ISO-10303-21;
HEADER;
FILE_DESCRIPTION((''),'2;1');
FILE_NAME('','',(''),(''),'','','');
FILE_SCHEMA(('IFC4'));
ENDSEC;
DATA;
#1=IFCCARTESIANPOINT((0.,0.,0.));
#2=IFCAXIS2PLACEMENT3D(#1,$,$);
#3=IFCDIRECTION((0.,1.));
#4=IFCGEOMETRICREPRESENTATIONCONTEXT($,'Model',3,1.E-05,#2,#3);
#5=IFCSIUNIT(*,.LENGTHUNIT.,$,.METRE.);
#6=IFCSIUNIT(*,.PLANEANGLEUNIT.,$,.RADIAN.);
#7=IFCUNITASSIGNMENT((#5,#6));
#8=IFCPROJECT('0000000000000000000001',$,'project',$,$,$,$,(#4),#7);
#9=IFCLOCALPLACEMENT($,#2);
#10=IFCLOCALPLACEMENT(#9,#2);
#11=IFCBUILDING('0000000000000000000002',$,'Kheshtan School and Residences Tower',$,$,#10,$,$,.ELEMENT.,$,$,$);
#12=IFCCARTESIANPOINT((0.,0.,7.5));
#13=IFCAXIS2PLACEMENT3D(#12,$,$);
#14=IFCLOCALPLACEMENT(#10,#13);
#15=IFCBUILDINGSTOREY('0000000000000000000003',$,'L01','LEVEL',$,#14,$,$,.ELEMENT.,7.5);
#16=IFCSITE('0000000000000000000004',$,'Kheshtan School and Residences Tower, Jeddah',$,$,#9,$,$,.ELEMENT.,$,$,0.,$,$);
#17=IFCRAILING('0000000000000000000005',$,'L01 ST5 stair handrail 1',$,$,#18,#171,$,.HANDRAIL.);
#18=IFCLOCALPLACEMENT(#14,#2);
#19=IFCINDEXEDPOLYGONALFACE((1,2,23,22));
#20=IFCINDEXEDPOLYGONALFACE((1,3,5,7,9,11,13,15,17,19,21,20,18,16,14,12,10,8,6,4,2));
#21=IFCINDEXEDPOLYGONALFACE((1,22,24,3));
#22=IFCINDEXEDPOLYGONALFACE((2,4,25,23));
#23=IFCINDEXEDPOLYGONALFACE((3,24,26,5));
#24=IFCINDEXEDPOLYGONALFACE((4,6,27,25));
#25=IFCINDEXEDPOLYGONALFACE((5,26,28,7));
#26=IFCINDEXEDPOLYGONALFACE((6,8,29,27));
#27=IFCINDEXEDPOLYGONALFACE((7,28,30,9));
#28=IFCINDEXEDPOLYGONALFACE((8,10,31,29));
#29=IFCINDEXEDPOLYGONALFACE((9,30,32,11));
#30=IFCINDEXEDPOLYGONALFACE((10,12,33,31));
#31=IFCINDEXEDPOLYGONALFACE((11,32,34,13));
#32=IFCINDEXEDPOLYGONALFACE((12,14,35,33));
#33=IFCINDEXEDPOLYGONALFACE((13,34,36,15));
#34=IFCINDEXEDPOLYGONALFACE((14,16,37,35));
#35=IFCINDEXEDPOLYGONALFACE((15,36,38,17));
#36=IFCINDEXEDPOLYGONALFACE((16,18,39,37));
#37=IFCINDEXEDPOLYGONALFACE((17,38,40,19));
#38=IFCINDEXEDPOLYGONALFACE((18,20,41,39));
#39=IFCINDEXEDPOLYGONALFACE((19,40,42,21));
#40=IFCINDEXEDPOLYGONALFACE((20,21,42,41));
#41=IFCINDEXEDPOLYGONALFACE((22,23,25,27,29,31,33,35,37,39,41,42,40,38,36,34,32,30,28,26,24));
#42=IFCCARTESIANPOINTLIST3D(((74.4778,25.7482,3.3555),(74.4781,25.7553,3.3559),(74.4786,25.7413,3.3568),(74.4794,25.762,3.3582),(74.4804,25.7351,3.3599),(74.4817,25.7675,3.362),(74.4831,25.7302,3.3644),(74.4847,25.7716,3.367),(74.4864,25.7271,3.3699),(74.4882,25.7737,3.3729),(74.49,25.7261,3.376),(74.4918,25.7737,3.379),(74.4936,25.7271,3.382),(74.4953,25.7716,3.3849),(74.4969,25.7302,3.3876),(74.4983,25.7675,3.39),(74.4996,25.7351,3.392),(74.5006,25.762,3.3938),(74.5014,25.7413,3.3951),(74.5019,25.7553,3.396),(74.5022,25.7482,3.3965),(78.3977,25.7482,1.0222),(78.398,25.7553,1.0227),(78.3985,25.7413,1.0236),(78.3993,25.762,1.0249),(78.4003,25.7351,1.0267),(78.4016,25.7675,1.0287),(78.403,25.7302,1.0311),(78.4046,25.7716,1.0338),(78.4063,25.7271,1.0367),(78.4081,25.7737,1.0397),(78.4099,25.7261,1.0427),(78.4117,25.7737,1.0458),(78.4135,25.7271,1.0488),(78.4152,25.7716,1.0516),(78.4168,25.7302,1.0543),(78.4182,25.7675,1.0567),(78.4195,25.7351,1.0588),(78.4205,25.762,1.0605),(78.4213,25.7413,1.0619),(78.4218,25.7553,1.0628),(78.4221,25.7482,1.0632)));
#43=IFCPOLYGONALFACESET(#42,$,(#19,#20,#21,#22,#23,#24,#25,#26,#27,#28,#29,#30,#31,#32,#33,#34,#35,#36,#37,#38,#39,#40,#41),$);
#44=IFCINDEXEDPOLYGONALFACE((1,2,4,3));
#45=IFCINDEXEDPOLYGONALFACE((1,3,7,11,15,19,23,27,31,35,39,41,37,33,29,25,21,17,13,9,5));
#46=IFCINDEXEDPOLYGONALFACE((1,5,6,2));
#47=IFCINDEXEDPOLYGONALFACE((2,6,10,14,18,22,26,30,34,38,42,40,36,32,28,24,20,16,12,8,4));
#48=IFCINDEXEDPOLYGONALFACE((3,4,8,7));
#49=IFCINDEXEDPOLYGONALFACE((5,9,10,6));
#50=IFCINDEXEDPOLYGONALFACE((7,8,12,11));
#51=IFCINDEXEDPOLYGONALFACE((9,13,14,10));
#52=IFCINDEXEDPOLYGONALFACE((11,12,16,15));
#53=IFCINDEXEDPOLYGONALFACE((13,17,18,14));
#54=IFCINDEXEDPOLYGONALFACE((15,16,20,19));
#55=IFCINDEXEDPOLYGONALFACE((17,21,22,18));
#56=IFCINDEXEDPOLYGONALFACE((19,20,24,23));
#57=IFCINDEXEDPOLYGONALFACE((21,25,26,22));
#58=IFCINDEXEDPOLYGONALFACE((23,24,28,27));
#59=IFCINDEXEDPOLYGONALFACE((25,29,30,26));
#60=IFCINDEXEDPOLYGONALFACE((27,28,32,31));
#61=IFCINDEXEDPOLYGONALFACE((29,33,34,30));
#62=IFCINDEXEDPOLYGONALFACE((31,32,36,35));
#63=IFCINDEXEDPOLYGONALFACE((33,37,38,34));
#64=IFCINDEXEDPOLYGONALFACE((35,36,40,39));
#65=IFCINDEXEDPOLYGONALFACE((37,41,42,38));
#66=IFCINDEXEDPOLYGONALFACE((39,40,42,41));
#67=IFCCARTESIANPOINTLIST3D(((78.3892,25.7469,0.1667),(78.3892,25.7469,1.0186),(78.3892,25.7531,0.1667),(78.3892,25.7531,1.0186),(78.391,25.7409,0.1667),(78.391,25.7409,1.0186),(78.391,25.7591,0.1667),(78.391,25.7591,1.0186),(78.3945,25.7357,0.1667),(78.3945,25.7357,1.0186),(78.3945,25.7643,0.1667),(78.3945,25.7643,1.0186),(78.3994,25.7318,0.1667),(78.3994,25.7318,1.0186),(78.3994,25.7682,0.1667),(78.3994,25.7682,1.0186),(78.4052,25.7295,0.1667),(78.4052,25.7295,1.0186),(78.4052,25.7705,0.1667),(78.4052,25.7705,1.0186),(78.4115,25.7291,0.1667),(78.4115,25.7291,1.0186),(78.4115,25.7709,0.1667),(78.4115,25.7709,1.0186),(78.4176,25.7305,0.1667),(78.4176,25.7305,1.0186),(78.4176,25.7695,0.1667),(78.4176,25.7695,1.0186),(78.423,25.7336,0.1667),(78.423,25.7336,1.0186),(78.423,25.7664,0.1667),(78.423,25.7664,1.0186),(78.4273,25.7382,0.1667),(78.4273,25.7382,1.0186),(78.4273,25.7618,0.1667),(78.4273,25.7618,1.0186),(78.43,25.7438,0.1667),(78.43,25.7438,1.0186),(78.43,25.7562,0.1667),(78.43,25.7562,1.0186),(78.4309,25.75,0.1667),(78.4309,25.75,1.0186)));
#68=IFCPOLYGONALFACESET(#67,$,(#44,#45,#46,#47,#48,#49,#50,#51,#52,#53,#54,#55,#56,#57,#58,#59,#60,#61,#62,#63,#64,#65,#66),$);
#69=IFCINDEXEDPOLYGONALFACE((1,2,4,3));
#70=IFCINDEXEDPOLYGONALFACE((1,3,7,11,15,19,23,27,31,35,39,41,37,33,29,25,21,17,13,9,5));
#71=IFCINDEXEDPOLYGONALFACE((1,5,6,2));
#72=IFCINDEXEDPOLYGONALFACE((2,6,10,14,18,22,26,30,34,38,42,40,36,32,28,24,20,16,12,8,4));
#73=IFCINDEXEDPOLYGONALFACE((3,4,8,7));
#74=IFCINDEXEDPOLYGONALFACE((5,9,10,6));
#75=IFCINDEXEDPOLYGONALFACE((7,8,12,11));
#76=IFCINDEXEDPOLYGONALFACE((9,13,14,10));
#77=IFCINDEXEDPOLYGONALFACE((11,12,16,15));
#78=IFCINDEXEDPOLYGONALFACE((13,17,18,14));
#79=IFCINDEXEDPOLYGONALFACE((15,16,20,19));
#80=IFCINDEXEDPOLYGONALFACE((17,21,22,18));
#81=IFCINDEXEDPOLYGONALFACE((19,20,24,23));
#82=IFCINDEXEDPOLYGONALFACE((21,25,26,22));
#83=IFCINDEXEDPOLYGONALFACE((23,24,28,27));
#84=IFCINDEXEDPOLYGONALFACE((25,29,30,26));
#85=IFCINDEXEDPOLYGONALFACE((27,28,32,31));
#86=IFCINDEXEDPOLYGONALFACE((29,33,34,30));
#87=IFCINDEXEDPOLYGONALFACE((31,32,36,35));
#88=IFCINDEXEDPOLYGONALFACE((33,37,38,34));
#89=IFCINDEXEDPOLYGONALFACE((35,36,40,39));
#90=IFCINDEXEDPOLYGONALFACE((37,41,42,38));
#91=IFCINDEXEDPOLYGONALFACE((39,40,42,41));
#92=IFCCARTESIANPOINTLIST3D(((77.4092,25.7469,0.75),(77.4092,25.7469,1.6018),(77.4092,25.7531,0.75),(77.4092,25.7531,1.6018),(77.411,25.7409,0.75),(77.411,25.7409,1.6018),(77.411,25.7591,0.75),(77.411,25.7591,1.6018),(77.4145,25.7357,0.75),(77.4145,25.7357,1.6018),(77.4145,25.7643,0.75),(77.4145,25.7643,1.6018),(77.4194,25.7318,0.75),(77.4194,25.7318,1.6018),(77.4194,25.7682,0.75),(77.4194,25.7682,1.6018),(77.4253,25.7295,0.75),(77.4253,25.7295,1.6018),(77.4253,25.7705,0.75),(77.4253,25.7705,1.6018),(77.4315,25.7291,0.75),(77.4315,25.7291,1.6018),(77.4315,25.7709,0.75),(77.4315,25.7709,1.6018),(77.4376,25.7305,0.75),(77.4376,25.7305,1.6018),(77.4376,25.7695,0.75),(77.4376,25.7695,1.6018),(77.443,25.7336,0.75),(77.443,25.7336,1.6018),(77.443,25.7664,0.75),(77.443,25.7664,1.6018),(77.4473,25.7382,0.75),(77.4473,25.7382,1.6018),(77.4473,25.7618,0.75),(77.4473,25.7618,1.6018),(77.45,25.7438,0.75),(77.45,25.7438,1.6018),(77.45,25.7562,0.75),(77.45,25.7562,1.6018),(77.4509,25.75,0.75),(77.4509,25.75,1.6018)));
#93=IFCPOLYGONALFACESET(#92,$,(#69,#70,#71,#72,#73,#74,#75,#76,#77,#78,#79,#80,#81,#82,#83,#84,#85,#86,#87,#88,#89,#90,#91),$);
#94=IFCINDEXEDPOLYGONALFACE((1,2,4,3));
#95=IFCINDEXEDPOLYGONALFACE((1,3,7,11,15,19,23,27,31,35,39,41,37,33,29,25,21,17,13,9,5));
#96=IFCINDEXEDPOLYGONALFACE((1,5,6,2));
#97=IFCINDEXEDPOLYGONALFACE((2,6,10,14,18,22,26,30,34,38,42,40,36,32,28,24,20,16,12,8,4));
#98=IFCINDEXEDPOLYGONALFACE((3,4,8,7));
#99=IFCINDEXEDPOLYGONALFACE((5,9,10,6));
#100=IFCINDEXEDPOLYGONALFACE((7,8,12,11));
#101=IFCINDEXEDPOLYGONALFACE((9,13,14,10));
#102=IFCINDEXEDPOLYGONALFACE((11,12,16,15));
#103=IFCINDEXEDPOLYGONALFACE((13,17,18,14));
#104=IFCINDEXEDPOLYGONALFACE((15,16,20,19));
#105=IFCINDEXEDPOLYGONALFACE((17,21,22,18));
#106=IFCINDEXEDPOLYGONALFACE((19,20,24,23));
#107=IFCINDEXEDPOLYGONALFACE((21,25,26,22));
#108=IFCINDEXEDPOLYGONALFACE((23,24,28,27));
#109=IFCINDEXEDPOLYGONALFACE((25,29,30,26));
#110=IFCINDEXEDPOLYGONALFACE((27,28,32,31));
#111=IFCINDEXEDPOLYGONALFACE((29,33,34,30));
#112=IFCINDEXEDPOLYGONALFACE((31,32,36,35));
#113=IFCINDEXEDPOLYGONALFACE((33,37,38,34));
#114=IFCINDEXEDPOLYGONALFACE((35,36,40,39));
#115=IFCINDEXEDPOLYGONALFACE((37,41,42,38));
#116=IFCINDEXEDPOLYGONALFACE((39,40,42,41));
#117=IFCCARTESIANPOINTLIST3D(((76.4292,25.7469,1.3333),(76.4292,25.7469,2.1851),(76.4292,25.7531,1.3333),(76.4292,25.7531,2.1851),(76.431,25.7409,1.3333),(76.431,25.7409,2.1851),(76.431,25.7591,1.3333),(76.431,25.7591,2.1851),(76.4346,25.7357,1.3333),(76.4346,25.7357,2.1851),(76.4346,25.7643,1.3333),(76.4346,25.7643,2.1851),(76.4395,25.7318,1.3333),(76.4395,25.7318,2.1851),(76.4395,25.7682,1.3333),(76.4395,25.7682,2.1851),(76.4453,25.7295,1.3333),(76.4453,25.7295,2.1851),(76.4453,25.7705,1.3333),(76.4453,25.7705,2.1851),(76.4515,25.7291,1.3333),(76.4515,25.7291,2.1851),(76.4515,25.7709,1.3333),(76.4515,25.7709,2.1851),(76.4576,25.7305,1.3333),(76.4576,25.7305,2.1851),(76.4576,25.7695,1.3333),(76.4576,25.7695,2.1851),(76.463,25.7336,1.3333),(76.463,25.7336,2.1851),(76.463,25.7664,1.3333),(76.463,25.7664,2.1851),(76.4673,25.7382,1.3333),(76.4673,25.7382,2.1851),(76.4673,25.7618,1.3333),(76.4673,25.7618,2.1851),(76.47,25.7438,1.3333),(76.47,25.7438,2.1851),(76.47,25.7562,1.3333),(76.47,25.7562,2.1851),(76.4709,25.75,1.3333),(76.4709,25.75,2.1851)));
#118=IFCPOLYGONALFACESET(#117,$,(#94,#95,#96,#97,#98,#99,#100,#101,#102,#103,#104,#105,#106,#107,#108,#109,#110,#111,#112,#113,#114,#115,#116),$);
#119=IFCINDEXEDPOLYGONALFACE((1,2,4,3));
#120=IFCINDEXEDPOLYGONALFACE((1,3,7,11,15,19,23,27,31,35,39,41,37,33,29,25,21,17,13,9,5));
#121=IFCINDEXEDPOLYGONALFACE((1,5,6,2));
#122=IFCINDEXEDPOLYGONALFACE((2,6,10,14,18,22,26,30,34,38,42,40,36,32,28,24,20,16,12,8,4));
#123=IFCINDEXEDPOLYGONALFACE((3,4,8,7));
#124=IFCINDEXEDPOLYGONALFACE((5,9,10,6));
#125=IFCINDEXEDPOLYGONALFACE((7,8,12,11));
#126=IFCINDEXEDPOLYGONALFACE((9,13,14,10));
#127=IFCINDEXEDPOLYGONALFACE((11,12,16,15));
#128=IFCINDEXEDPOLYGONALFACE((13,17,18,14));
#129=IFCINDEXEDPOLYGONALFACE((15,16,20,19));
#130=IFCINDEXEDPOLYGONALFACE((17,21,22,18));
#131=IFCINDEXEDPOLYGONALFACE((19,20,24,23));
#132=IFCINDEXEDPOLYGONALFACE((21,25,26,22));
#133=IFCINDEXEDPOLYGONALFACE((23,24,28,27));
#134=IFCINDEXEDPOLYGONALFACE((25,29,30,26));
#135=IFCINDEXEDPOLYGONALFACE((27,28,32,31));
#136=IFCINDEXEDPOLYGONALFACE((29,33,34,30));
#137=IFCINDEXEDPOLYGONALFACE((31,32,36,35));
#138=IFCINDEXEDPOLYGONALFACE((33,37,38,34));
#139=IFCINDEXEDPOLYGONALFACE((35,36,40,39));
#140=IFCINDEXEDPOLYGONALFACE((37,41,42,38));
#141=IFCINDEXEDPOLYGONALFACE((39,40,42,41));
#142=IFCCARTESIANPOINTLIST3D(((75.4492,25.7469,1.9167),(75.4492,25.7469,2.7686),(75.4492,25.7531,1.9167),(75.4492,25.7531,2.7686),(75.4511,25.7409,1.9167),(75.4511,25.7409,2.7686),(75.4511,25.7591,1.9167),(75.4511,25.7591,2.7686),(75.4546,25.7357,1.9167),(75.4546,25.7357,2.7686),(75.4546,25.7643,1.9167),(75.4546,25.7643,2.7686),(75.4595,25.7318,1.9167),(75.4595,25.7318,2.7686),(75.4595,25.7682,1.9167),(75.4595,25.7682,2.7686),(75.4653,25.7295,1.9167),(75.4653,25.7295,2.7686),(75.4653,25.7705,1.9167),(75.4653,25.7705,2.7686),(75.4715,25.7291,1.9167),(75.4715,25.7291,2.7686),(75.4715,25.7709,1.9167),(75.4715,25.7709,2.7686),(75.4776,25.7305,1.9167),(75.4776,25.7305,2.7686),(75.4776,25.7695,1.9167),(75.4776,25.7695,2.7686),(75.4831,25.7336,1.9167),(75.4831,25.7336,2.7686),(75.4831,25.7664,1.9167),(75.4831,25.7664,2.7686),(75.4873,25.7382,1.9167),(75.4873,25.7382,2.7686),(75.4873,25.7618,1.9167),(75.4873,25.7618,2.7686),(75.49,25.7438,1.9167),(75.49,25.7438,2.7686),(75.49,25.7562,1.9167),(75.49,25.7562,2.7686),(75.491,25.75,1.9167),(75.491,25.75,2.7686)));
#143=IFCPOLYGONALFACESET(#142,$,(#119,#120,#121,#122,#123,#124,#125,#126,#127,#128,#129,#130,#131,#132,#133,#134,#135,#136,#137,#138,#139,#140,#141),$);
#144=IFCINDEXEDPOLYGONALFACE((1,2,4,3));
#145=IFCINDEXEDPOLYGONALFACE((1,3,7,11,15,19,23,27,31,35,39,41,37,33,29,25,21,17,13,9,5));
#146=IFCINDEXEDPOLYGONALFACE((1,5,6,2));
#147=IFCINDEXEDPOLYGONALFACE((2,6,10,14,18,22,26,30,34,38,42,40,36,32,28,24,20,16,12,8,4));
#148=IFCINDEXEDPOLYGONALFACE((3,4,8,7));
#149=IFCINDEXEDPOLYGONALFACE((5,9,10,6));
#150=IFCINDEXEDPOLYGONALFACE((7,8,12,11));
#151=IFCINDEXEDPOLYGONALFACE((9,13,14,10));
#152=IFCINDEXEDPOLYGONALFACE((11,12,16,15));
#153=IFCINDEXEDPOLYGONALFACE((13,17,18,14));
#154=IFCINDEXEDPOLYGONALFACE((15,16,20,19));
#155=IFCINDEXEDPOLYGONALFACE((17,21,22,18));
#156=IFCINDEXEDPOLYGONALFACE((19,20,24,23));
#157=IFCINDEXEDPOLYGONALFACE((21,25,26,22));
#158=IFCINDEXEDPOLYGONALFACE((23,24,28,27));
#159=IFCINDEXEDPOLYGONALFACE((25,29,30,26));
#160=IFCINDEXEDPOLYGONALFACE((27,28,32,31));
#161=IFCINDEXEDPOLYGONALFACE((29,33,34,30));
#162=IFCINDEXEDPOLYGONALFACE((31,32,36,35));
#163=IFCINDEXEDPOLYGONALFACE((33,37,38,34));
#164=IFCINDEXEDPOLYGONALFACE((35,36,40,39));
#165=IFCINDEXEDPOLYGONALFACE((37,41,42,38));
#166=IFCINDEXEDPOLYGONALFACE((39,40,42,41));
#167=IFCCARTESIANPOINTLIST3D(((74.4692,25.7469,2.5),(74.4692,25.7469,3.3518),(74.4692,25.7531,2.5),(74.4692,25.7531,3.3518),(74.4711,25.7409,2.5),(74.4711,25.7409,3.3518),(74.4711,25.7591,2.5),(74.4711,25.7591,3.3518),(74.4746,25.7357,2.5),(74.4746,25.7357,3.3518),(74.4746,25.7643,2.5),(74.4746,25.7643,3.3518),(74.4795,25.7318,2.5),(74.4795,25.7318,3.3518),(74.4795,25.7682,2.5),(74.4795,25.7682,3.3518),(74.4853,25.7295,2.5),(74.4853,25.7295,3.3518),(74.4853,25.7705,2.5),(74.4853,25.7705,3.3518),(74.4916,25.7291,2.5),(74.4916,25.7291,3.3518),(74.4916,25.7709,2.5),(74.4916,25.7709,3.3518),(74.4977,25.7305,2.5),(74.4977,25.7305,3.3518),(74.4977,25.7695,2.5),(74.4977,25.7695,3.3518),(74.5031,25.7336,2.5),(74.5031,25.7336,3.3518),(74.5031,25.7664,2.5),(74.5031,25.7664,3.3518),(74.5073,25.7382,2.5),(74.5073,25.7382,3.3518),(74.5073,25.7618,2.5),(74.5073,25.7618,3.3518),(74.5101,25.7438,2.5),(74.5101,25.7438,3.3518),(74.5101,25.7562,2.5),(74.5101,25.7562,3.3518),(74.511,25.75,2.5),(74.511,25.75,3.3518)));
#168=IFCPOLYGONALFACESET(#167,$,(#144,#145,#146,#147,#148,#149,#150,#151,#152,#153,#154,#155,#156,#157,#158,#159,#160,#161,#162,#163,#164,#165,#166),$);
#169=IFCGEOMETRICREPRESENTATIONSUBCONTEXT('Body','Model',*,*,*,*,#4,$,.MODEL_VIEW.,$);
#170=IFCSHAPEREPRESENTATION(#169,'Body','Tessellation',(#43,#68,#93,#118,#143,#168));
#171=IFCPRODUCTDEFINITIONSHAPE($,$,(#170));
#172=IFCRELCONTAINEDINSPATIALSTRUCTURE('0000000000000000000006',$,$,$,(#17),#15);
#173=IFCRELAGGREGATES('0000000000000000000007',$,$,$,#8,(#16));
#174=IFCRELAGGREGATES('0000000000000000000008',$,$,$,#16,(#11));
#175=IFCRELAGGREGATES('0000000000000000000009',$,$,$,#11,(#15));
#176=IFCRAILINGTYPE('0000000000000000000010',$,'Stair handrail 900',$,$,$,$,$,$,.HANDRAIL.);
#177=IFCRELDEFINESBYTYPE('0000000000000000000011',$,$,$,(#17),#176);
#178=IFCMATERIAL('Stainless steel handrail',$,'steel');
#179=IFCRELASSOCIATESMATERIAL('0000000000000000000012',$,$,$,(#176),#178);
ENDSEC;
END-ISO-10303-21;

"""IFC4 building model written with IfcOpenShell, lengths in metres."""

from ifc_helpers import new_model, si_unit, direction, frame, origin, origin_2d, place, context, subcontext, project, spatial, circle, extrude, material, type_object, element, save


model = new_model("IFC4")

# Units and contexts
model_context = context("Model", 3, precision=1e-05, world=origin(), true_north=direction((0.0, 1.0)))
body_context = subcontext(model_context, "Body", "Model", "MODEL_VIEW")
ifc_project = project(units=[si_unit("LENGTHUNIT", "METRE"), si_unit("PLANEANGLEUNIT", "RADIAN")], contexts=[model_context])

# Site, building, storey
site_placement = place(None, origin())
site = spatial("IfcSite", under=ifc_project, at=site_placement, Name="Kheshtan School and Residences Tower, Jeddah", CompositionType="ELEMENT", RefElevation=0.0)
building_placement = place(site_placement, origin())
building = spatial("IfcBuilding", under=site, at=building_placement, Name="Kheshtan School and Residences Tower", CompositionType="ELEMENT")
storey_placement = place(building_placement, frame((0.0, 0.0, 7.5)))
storey = spatial("IfcBuildingStorey", under=building, at=storey_placement, Name="L01", Description="LEVEL", CompositionType="ELEMENT", Elevation=7.5)

# Railing
ifc_material_1 = material(Name="Stainless steel handrail", Category="steel")
railing_type_1 = type_object("IfcRailingType", Name="Stair handrail 900", PredefinedType="HANDRAIL", material=ifc_material_1)
railing_1_placement = place(storey_placement, frame((78.4099, 25.75, 0.1667)))
element("IfcRailing", 1, at=railing_1_placement, inside=storey, type_object=railing_type_1, Name="L01 ST5 stair handrail 1", PredefinedType="HANDRAIL", context=body_context, shape_type="SweptSolid", body=[
    extrude(circle(Radius=0.0239, at=origin_2d()), frame((0.0, 0.0, 0.876), z_axis=(-0.859296, 0.0, 0.511478), x_axis=(0.0, -1.0, 0.0)), (0.0, 0.0, 1.0), 4.5618),
    extrude(circle(Radius=0.021, at=origin_2d()), origin(), (0.0, 0.0, 1.0), 0.8518),
    extrude(circle(Radius=0.021, at=origin_2d()), frame((-0.98, 0.0, 0.5833)), (0.0, 0.0, 1.0), 0.8518),
    extrude(circle(Radius=0.021, at=origin_2d()), frame((-1.96, 0.0, 1.1665)), (0.0, 0.0, 1.0), 0.8518),
    extrude(circle(Radius=0.021, at=origin_2d()), frame((-2.9399, 0.0, 1.75)), (0.0, 0.0, 1.0), 0.8518),
    extrude(circle(Radius=0.021, at=origin_2d()), frame((-3.9199, 0.0, 2.3333)), (0.0, 0.0, 1.0), 0.8518),
])

save(model, "model.ifc")
